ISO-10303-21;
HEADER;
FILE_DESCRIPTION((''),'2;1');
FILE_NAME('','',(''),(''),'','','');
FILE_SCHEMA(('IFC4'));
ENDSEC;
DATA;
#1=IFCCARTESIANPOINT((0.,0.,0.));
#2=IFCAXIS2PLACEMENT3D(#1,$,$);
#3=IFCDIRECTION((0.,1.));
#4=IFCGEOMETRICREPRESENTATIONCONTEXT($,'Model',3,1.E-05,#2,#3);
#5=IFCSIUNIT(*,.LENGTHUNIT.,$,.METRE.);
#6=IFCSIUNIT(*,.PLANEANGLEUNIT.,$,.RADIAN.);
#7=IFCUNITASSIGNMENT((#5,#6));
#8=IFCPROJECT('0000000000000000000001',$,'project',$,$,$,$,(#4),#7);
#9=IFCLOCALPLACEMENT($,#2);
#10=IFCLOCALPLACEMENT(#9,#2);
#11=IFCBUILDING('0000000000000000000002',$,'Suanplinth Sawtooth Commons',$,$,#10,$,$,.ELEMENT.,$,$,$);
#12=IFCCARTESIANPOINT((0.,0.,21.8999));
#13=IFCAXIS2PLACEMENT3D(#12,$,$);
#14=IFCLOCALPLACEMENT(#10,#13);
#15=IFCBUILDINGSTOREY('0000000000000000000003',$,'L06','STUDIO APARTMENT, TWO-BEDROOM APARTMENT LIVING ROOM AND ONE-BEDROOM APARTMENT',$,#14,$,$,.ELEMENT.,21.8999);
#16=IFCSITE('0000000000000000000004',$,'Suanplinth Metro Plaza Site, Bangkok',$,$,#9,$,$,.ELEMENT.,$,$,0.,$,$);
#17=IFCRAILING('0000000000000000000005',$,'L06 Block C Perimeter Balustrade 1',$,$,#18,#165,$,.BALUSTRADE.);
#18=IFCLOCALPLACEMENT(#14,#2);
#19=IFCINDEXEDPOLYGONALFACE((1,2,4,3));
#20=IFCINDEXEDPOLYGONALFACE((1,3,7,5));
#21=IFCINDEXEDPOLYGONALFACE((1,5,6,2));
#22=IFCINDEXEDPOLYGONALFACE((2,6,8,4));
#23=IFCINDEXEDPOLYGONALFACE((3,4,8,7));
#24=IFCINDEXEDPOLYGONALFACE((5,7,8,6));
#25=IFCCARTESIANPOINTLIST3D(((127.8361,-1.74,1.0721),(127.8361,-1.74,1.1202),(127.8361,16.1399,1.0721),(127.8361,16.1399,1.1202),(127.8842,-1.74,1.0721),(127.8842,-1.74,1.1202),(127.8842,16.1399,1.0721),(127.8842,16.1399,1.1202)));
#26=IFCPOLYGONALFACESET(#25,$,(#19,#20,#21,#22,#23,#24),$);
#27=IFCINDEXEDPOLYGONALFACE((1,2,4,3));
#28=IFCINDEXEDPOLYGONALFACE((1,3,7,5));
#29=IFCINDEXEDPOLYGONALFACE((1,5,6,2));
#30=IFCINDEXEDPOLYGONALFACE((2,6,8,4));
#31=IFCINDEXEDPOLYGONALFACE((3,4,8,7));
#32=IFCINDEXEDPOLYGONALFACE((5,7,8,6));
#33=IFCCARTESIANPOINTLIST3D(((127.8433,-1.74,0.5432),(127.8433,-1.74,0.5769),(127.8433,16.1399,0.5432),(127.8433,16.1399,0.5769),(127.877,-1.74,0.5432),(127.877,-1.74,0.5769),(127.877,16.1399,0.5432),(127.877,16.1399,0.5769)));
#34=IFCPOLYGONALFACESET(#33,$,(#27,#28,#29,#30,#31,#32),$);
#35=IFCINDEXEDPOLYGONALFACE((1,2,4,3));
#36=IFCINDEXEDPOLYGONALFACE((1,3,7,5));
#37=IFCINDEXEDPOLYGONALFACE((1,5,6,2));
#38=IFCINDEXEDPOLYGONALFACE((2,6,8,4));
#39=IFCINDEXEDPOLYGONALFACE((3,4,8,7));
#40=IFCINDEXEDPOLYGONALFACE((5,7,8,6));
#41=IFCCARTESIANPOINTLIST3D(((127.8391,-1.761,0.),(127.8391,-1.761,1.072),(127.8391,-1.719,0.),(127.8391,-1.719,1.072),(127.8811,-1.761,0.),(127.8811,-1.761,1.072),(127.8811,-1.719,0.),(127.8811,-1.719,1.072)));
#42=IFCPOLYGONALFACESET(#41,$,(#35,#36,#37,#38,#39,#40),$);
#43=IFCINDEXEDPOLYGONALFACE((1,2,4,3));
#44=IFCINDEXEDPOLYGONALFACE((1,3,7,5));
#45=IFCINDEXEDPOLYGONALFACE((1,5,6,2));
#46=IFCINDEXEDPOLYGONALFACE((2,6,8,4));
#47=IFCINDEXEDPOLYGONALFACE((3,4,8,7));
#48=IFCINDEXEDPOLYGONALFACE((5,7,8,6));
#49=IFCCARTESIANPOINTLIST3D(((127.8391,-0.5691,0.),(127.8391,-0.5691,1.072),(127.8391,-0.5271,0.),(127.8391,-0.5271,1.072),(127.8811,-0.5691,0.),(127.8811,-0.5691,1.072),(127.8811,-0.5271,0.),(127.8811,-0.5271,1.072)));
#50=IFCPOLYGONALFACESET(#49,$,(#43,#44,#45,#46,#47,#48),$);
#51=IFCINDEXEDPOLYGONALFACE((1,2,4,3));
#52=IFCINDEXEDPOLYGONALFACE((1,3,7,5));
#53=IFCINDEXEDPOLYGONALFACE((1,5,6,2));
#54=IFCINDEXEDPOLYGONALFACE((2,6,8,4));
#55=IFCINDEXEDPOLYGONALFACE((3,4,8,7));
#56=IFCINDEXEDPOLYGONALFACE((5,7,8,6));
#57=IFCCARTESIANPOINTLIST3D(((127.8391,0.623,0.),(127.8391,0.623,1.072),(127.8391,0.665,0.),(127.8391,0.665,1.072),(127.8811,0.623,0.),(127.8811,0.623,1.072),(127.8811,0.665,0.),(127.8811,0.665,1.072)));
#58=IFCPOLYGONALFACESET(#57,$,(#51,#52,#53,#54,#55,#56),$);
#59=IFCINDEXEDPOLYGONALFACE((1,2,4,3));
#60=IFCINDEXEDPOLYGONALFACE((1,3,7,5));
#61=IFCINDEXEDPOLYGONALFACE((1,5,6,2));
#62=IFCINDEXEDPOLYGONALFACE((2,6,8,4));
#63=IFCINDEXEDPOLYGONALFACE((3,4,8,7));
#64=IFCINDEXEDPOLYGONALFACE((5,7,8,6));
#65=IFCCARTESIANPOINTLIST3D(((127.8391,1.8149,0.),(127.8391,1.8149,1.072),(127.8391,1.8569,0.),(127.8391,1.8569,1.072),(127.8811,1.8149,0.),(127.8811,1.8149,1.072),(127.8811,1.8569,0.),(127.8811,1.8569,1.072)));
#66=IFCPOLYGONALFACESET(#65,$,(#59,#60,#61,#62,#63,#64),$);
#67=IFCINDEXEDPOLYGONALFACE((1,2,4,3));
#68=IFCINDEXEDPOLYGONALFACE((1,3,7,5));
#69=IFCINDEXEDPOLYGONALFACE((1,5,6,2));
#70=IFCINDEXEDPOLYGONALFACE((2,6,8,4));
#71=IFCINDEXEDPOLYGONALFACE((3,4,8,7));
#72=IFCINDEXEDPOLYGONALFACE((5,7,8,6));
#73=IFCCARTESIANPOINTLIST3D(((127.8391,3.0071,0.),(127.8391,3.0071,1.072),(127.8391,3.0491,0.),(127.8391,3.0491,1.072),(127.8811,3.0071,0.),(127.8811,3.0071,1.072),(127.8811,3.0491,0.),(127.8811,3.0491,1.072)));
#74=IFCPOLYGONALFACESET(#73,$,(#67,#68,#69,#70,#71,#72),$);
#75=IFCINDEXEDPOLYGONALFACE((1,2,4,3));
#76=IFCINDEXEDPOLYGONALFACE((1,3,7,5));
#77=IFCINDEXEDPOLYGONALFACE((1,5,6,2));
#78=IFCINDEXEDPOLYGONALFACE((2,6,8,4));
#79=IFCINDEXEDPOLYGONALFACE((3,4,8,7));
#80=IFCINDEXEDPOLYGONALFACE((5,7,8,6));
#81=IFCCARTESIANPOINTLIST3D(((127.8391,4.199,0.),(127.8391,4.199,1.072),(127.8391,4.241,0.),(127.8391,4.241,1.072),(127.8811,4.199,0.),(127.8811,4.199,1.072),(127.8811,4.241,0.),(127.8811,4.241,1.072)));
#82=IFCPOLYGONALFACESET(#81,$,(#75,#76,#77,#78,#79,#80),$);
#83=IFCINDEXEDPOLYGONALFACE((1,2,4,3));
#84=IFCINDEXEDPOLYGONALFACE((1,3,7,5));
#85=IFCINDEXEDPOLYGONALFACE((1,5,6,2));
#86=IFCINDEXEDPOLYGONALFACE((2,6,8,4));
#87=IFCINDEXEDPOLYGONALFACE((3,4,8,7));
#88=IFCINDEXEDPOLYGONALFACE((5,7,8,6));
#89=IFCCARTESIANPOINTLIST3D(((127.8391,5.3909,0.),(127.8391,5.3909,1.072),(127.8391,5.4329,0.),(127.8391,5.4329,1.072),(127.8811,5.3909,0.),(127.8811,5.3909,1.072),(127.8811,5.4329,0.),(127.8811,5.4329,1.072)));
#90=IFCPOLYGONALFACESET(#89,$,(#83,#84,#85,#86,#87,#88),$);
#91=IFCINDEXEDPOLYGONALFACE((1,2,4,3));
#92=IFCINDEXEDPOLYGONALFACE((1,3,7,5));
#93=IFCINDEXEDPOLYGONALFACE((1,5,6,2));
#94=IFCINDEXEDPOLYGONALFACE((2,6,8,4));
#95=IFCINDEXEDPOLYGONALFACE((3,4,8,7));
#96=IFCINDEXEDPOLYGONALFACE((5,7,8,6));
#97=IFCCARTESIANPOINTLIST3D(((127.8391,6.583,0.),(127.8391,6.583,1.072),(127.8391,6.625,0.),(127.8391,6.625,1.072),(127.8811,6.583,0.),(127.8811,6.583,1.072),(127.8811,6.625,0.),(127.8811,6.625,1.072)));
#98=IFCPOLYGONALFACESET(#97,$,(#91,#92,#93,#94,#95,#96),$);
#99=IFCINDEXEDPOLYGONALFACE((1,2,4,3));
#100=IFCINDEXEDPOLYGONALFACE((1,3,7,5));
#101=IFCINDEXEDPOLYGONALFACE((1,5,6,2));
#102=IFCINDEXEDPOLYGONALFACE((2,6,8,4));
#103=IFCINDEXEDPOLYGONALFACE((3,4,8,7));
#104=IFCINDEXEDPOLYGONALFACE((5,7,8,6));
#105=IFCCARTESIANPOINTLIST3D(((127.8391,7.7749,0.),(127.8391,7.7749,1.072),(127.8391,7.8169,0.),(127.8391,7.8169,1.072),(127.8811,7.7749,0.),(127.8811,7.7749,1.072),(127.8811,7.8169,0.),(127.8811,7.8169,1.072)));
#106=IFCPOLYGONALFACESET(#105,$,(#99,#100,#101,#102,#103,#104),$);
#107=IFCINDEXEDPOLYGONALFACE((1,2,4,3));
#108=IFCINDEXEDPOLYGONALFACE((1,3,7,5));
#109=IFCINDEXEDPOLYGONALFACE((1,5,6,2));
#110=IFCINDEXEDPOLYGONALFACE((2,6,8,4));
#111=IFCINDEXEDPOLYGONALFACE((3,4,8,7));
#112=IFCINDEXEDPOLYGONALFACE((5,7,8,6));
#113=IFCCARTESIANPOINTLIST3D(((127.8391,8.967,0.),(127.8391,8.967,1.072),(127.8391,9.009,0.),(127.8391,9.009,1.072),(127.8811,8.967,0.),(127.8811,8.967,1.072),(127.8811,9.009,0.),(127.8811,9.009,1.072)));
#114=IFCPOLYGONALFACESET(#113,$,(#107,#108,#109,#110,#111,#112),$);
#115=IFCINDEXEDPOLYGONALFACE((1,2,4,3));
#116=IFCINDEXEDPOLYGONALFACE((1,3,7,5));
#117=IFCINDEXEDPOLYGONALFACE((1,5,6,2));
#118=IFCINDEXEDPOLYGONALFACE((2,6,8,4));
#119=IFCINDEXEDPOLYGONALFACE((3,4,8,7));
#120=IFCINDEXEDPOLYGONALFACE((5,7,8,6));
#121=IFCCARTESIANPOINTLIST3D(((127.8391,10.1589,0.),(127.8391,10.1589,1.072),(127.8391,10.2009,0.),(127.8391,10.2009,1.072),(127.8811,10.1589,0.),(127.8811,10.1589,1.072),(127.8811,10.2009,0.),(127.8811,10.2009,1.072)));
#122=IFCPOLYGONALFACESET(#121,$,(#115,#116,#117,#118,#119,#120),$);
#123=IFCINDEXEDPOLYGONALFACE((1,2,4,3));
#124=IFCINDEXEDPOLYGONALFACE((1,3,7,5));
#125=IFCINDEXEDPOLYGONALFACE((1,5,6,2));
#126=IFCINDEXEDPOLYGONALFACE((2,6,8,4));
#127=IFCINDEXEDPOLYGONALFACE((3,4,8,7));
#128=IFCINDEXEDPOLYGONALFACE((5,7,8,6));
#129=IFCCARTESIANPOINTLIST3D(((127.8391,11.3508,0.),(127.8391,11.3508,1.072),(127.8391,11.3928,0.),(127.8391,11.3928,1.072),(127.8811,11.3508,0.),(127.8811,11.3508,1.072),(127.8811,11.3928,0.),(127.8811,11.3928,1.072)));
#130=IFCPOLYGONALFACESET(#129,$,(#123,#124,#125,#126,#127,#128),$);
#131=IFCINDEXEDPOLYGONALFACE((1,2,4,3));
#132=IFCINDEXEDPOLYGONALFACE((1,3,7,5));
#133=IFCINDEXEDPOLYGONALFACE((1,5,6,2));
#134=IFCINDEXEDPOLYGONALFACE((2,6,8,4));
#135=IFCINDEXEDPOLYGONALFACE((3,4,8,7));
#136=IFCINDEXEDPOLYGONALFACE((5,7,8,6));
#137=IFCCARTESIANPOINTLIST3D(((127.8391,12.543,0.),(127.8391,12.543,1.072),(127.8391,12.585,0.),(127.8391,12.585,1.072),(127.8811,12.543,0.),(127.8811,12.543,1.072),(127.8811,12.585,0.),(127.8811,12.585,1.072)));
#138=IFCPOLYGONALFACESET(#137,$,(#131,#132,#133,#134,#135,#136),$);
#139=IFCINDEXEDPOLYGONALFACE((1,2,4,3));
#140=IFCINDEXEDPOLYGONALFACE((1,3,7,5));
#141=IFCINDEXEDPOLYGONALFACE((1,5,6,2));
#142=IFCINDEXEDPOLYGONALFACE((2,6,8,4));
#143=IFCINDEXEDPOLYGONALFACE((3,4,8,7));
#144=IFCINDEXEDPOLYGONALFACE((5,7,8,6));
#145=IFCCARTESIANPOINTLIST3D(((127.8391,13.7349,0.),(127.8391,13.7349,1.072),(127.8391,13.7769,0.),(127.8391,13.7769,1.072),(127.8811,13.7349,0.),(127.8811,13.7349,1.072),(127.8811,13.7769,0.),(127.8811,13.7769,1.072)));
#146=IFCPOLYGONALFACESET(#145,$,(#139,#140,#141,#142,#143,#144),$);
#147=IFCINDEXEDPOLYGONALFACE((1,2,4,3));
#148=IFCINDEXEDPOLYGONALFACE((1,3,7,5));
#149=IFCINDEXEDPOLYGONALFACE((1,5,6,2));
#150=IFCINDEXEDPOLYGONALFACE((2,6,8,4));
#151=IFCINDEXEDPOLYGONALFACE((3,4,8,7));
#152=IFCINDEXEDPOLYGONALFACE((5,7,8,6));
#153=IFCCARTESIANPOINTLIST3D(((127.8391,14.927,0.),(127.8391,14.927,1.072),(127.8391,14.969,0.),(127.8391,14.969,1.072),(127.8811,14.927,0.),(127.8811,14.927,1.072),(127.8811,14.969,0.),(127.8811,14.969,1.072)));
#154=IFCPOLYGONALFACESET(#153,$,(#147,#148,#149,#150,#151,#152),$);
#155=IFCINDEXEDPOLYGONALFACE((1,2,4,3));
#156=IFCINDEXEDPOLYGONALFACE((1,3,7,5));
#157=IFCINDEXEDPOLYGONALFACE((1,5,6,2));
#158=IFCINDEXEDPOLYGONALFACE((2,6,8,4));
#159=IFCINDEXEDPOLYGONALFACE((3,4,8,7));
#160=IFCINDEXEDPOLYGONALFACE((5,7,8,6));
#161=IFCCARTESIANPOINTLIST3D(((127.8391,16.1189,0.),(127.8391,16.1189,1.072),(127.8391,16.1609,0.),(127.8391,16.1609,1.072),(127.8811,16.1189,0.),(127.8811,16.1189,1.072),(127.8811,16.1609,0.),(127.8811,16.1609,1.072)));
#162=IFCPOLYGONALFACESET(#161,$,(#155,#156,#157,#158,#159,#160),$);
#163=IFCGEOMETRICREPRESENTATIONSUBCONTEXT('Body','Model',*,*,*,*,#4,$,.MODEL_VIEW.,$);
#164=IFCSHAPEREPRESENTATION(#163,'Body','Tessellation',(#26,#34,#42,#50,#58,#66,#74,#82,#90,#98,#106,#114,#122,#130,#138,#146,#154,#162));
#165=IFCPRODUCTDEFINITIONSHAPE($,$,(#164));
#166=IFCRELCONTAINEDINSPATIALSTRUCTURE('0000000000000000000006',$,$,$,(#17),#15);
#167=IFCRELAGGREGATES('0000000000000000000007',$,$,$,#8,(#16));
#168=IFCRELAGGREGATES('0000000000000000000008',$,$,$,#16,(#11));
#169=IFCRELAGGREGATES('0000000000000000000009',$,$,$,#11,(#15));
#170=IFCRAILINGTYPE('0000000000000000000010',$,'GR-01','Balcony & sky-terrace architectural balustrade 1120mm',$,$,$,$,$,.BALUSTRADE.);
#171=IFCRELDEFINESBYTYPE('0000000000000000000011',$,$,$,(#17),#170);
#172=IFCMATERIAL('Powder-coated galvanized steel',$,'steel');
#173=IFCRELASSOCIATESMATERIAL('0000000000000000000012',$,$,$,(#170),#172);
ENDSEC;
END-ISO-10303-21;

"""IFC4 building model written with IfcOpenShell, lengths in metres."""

from ifc_helpers import new_model, si_unit, direction, frame, origin, origin_2d, place, context, subcontext, project, spatial, rectangle, extrude, material, type_object, element, save


model = new_model("IFC4")

# Units and contexts
model_context = context("Model", 3, precision=1e-05, world=origin(), true_north=direction((0.0, 1.0)))
body_context = subcontext(model_context, "Body", "Model", "MODEL_VIEW")
ifc_project = project(units=[si_unit("LENGTHUNIT", "METRE"), si_unit("PLANEANGLEUNIT", "RADIAN")], contexts=[model_context])

# Site, building, storey
site_placement = place(None, origin())
site = spatial("IfcSite", under=ifc_project, at=site_placement, Name="Suanplinth Metro Plaza Site, Bangkok", CompositionType="ELEMENT", RefElevation=0.0)
building_placement = place(site_placement, origin())
building = spatial("IfcBuilding", under=site, at=building_placement, Name="Suanplinth Sawtooth Commons", CompositionType="ELEMENT")
storey_placement = place(building_placement, frame((0.0, 0.0, 21.8999)))
storey = spatial("IfcBuildingStorey", under=building, at=storey_placement, Name="L06", Description="STUDIO APARTMENT, TWO-BEDROOM APARTMENT LIVING ROOM AND ONE-BEDROOM APARTMENT", CompositionType="ELEMENT", Elevation=21.8999)

# Railing
ifc_material_1 = material(Name="Powder-coated galvanized steel", Category="steel")
railing_type = type_object("IfcRailingType", Name="GR-01", Description="Balcony & sky-terrace architectural balustrade 1120mm", PredefinedType="BALUSTRADE", material=ifc_material_1)
railing_placement = place(storey_placement, frame((127.8601, -1.74, 0.0)))
element("IfcRailing", 1, at=railing_placement, inside=storey, type_object=railing_type, Name="L06 Block C Perimeter Balustrade 1", PredefinedType="BALUSTRADE", context=body_context, shape_type="SweptSolid", body=[
    extrude(rectangle(XDim=0.0481, YDim=0.0481, at=origin_2d()), frame((0.0, 0.0, 1.0962), z_axis=(0.0, 1.0, 0.0), x_axis=(-1.0, 0.0, 0.0)), (0.0, 0.0, 1.0), 17.8799),
    extrude(rectangle(XDim=0.0337, YDim=0.0337, at=origin_2d()), frame((0.0, 0.0, 0.5601), z_axis=(0.0, 1.0, 0.0), x_axis=(-1.0, 0.0, 0.0)), (0.0, 0.0, 1.0), 17.8799),
    extrude(rectangle(XDim=0.042, YDim=0.042, at=origin_2d()), origin(), (0.0, 0.0, 1.0), 1.072),
    extrude(rectangle(XDim=0.042, YDim=0.042, at=origin_2d()), frame((0.0, 1.1919, 0.0)), (0.0, 0.0, 1.0), 1.072),
    extrude(rectangle(XDim=0.042, YDim=0.042, at=origin_2d()), frame((0.0, 2.384, 0.0)), (0.0, 0.0, 1.0), 1.072),
    extrude(rectangle(XDim=0.042, YDim=0.042, at=origin_2d()), frame((0.0, 3.5759, 0.0)), (0.0, 0.0, 1.0), 1.072),
    extrude(rectangle(XDim=0.042, YDim=0.042, at=origin_2d()), frame((0.0, 4.7681, 0.0)), (0.0, 0.0, 1.0), 1.072),
    extrude(rectangle(XDim=0.042, YDim=0.042, at=origin_2d()), frame((0.0, 5.96, 0.0)), (0.0, 0.0, 1.0), 1.072),
    extrude(rectangle(XDim=0.042, YDim=0.042, at=origin_2d()), frame((0.0, 7.1519, 0.0)), (0.0, 0.0, 1.0), 1.072),
    extrude(rectangle(XDim=0.042, YDim=0.042, at=origin_2d()), frame((0.0, 8.344, 0.0)), (0.0, 0.0, 1.0), 1.072),
    extrude(rectangle(XDim=0.042, YDim=0.042, at=origin_2d()), frame((0.0, 9.5359, 0.0)), (0.0, 0.0, 1.0), 1.072),
    extrude(rectangle(XDim=0.042, YDim=0.042, at=origin_2d()), frame((0.0, 10.728, 0.0)), (0.0, 0.0, 1.0), 1.072),
    extrude(rectangle(XDim=0.042, YDim=0.042, at=origin_2d()), frame((0.0, 11.9199, 0.0)), (0.0, 0.0, 1.0), 1.072),
    extrude(rectangle(XDim=0.042, YDim=0.042, at=origin_2d()), frame((0.0, 13.1118, 0.0)), (0.0, 0.0, 1.0), 1.072),
    extrude(rectangle(XDim=0.042, YDim=0.042, at=origin_2d()), frame((0.0, 14.304, 0.0)), (0.0, 0.0, 1.0), 1.072),
    extrude(rectangle(XDim=0.042, YDim=0.042, at=origin_2d()), frame((0.0, 15.4958, 0.0)), (0.0, 0.0, 1.0), 1.072),
    extrude(rectangle(XDim=0.042, YDim=0.042, at=origin_2d()), frame((0.0, 16.688, 0.0)), (0.0, 0.0, 1.0), 1.072),
    extrude(rectangle(XDim=0.042, YDim=0.042, at=origin_2d()), frame((0.0, 17.8799, 0.0)), (0.0, 0.0, 1.0), 1.072),
])

save(model, "model.ifc")
